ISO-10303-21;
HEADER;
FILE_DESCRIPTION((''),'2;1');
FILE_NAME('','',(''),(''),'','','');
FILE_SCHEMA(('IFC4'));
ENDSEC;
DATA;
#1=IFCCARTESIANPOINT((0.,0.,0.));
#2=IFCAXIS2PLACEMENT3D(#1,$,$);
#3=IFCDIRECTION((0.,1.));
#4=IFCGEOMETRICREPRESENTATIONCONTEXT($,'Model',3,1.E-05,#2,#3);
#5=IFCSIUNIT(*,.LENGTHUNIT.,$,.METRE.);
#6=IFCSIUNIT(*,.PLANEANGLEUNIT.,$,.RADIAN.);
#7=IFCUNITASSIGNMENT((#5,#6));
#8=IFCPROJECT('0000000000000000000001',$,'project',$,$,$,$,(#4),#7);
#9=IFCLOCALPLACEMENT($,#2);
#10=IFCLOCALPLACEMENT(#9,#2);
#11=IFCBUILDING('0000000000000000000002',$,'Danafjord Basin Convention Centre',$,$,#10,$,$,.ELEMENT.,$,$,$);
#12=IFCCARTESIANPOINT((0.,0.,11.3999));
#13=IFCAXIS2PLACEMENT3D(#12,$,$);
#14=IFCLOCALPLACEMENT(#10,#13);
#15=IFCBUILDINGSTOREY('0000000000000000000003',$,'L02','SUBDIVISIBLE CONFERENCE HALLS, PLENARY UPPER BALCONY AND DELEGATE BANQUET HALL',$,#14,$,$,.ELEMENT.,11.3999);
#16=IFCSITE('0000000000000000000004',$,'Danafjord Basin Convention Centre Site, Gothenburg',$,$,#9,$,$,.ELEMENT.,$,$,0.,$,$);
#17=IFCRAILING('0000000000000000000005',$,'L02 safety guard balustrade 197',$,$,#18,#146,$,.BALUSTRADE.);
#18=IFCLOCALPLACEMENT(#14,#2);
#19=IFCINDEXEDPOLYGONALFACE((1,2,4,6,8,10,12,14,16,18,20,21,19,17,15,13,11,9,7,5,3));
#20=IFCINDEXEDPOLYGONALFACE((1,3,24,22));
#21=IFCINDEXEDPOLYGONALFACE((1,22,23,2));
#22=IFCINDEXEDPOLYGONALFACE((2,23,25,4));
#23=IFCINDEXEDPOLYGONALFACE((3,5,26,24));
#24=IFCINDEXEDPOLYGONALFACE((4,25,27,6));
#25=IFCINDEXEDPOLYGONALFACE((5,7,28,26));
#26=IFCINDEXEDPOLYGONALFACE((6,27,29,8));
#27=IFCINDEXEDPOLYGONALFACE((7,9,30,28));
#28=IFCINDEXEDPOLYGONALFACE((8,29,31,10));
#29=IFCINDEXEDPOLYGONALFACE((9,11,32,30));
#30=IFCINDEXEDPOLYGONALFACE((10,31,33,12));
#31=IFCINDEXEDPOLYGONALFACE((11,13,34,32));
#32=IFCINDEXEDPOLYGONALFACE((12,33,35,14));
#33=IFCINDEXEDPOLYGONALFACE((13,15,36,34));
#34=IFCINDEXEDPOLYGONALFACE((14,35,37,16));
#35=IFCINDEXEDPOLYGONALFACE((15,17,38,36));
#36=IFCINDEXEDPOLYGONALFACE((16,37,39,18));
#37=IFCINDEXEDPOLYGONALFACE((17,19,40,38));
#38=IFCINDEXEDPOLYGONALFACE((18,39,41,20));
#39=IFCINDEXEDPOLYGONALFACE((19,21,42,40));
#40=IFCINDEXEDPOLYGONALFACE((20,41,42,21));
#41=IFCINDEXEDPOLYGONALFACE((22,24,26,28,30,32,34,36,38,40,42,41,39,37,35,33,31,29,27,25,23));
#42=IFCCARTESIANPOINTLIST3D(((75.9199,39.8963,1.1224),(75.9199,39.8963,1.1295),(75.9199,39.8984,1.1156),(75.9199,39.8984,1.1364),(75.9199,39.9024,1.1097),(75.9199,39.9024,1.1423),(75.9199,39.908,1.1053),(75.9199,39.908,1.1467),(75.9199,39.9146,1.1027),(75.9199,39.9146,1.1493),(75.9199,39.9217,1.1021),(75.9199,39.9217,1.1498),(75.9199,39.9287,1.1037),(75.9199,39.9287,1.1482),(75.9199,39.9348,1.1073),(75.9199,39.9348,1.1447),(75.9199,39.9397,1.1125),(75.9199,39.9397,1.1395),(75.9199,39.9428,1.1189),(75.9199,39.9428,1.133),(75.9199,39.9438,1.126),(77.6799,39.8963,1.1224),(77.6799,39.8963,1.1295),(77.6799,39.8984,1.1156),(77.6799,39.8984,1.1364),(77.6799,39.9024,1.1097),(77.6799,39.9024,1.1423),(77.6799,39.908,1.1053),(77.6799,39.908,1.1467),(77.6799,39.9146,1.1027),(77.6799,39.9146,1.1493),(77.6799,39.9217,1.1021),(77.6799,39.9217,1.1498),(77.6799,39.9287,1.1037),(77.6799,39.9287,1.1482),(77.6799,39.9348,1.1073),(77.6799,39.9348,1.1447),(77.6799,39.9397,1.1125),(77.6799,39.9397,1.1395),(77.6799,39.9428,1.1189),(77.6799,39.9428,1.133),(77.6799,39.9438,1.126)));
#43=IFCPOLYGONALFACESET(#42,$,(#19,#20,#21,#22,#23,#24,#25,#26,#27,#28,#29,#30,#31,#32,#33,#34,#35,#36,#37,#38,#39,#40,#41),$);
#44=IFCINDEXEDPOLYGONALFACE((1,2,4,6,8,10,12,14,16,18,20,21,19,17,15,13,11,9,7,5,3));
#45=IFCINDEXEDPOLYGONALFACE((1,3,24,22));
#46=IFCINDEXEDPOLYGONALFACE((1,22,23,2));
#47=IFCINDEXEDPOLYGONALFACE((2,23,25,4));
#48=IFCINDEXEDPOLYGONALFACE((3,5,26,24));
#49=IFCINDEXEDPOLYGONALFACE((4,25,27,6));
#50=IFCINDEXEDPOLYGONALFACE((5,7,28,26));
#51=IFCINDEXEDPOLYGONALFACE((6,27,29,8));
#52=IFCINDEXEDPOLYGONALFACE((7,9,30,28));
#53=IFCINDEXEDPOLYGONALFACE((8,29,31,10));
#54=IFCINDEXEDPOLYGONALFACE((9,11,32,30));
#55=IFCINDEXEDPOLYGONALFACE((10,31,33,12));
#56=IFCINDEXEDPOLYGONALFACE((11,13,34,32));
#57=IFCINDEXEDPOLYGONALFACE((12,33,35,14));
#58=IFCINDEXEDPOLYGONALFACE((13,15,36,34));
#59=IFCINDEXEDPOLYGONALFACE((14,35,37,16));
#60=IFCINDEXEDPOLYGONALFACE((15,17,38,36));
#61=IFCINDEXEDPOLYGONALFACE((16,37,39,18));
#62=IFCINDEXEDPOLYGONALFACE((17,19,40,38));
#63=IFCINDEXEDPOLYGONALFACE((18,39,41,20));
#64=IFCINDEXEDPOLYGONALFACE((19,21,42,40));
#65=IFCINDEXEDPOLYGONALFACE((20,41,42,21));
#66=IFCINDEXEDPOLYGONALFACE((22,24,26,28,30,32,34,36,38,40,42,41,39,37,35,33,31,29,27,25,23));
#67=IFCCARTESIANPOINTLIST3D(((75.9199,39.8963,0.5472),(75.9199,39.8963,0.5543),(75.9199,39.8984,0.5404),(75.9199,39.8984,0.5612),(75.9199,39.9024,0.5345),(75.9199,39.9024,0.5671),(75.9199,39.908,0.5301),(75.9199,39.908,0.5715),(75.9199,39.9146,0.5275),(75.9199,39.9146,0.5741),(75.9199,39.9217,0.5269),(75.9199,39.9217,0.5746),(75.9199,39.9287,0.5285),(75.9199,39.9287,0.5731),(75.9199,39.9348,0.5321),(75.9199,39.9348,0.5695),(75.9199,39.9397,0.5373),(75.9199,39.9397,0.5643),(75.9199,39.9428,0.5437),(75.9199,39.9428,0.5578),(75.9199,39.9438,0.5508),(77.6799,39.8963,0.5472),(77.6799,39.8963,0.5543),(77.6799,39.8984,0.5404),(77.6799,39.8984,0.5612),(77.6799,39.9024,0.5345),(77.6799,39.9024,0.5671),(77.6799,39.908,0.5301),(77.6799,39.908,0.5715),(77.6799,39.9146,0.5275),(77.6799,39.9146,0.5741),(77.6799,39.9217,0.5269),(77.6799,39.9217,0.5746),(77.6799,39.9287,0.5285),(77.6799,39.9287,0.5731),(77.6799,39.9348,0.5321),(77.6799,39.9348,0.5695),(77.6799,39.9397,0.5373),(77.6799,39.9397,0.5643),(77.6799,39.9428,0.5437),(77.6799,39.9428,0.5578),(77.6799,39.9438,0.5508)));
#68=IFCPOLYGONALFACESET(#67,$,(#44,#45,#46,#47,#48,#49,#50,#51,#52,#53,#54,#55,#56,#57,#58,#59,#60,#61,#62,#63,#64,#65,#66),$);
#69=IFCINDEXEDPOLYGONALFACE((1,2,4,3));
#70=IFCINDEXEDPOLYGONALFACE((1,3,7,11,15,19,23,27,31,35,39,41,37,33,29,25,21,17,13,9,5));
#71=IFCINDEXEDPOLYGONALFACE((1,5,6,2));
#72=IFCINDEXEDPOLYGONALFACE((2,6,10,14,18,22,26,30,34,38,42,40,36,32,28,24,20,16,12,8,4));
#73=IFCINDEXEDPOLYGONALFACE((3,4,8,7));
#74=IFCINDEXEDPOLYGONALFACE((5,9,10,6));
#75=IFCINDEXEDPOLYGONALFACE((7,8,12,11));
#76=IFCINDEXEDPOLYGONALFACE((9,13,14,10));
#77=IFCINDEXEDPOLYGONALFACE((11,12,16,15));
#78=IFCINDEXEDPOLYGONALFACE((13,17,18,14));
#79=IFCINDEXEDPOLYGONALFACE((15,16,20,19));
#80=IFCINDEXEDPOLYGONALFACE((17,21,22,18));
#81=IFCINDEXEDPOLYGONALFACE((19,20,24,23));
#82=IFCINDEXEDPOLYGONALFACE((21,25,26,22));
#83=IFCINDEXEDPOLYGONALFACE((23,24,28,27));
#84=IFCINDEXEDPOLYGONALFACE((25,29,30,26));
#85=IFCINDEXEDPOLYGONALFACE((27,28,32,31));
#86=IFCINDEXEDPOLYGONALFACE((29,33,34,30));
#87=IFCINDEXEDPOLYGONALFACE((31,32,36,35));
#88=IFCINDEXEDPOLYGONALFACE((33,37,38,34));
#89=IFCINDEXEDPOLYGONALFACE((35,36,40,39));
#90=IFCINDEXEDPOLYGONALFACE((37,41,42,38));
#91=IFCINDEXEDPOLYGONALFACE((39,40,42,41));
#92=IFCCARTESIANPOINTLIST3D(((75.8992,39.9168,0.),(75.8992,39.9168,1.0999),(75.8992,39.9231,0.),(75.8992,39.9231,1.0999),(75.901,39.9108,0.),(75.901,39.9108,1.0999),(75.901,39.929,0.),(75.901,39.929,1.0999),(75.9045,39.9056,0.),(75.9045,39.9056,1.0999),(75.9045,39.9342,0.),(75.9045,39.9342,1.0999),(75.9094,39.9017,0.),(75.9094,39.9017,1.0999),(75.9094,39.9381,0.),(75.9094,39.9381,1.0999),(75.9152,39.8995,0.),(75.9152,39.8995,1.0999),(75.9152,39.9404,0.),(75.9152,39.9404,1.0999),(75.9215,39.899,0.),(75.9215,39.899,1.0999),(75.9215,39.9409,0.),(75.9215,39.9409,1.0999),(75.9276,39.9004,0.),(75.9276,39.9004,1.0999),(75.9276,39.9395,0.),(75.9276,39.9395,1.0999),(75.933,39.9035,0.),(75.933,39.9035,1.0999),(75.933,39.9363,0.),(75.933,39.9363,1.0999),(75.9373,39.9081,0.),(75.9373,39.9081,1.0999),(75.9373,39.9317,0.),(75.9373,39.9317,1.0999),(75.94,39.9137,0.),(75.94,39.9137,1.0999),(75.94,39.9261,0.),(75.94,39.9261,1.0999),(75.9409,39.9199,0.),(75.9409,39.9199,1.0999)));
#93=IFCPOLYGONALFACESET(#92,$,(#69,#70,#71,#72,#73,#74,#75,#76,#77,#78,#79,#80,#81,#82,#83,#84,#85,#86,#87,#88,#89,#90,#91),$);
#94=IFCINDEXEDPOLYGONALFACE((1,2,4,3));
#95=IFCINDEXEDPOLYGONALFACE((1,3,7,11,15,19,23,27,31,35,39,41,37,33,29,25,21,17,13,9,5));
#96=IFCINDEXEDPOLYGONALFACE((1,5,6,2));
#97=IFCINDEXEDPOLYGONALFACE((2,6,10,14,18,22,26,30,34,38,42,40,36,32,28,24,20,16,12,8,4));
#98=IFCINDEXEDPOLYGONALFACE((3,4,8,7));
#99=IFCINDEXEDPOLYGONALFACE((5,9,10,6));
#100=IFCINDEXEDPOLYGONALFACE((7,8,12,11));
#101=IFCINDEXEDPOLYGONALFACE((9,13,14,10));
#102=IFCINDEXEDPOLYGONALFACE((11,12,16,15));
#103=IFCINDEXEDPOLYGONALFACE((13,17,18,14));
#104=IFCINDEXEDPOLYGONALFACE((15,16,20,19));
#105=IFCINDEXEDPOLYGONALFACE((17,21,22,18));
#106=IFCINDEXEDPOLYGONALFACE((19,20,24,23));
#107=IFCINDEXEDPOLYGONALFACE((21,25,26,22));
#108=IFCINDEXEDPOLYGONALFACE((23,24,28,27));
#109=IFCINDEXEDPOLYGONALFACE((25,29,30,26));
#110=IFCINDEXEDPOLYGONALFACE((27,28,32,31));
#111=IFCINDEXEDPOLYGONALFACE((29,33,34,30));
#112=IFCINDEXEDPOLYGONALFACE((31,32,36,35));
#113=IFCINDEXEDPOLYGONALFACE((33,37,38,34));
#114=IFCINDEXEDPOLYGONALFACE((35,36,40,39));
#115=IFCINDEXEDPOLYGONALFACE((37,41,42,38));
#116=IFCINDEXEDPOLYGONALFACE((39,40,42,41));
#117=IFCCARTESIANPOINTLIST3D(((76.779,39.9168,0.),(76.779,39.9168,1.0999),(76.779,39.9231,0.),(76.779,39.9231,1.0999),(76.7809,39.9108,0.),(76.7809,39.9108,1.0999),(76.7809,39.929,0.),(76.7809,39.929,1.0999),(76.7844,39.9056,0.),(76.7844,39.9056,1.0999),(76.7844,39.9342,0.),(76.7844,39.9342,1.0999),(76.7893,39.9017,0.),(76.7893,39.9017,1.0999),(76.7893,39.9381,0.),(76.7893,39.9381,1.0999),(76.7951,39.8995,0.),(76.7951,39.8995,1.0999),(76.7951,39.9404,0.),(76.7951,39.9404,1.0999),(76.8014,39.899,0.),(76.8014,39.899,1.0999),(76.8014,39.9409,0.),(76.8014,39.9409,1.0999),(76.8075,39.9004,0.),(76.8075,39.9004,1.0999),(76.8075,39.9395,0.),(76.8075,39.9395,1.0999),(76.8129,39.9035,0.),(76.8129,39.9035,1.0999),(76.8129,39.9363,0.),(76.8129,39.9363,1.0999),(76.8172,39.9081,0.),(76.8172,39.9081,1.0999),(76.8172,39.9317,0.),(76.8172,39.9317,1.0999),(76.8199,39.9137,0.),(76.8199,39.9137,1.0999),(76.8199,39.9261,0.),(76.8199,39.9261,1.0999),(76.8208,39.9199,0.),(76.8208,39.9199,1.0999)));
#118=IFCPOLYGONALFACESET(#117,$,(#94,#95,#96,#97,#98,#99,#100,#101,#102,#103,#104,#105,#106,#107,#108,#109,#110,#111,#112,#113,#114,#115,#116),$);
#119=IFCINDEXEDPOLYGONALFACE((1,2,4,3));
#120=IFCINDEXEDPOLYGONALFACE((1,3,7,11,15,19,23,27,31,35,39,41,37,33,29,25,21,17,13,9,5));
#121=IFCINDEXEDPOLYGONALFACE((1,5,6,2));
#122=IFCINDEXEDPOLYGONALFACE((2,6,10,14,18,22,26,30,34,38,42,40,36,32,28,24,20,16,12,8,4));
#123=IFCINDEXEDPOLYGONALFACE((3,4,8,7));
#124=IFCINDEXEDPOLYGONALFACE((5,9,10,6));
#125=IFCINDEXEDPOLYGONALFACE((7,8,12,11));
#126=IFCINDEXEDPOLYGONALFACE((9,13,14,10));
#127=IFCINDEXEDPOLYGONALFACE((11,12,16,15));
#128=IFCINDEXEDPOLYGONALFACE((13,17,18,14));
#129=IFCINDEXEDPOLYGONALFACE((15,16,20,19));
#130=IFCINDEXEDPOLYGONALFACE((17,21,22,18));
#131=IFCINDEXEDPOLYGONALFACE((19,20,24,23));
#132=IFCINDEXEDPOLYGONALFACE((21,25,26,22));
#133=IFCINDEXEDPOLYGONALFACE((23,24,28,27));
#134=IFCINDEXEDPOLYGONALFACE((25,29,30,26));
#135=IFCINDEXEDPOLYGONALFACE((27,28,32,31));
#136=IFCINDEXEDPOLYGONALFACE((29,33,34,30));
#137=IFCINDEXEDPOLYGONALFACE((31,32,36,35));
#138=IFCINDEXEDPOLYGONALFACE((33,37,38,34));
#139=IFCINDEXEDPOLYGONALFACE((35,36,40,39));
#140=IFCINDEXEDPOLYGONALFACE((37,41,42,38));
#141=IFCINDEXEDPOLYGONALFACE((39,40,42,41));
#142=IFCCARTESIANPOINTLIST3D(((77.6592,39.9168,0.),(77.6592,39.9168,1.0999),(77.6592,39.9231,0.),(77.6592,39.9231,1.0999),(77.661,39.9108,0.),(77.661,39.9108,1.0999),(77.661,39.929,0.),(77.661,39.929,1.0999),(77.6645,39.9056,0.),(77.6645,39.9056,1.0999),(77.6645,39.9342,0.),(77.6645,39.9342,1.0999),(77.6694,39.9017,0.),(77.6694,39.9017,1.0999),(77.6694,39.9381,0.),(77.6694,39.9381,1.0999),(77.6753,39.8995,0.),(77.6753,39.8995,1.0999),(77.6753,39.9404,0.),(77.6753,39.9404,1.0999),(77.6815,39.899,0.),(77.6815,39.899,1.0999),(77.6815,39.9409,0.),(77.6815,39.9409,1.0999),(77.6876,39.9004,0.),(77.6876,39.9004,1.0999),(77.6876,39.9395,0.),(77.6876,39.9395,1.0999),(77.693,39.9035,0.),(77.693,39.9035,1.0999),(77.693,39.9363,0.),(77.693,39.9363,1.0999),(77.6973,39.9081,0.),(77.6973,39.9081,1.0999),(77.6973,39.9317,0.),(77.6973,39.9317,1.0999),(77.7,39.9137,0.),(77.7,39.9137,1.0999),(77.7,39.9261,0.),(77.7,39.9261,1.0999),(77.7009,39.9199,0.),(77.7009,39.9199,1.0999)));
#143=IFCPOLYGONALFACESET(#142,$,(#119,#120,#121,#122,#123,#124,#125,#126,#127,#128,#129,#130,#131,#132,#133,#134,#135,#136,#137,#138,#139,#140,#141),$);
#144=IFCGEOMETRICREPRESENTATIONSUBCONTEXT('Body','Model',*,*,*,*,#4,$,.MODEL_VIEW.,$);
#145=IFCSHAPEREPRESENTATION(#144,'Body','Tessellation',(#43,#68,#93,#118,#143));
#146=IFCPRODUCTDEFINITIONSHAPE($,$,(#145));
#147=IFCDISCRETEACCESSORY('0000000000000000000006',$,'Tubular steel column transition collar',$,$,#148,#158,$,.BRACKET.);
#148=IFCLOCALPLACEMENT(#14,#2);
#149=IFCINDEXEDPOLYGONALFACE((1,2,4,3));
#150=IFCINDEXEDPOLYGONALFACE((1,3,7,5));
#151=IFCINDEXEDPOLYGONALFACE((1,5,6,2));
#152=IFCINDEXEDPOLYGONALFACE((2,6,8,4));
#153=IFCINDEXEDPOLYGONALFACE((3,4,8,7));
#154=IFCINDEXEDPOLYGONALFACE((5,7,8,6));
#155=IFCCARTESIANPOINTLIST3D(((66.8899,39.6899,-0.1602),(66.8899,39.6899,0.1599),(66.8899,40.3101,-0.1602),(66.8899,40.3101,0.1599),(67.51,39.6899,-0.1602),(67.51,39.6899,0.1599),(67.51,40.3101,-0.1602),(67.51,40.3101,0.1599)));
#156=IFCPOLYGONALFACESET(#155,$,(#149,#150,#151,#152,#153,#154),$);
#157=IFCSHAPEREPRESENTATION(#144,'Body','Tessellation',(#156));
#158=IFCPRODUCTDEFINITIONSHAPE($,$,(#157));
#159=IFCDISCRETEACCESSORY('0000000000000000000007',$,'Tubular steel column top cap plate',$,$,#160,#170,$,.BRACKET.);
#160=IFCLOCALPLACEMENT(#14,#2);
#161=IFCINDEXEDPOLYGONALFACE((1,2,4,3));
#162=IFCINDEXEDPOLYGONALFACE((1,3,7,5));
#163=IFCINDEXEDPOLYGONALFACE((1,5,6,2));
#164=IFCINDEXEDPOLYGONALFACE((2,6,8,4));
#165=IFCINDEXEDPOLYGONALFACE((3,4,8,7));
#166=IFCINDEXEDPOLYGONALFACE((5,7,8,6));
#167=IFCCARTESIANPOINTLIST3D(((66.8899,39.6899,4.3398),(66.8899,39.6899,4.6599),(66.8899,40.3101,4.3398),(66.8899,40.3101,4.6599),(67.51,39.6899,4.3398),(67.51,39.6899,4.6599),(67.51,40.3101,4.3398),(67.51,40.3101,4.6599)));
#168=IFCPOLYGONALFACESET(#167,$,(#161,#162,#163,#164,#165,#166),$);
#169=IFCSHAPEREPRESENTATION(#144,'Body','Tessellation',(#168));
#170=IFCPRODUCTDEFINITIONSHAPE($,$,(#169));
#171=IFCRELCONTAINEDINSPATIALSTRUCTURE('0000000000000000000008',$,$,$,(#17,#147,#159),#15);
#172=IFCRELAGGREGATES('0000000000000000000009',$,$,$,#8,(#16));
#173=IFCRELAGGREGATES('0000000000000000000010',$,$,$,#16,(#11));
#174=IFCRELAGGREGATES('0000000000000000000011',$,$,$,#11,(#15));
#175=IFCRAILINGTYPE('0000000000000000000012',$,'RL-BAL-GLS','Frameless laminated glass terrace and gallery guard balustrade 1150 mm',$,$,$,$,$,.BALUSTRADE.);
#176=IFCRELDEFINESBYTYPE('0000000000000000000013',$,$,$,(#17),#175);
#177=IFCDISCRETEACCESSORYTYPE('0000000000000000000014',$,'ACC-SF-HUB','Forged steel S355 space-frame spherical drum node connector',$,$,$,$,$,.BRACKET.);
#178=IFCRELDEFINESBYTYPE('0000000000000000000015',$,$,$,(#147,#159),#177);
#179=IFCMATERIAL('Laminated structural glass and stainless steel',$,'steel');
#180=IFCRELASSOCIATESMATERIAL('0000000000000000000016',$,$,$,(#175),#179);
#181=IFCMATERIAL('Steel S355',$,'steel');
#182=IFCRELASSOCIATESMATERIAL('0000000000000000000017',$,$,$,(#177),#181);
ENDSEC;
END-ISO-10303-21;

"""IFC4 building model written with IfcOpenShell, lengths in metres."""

from ifc_helpers import new_model, si_unit, direction, frame, origin, origin_2d, place, context, subcontext, project, spatial, rectangle, circle, extrude, material, type_object, element, save


model = new_model("IFC4")

# Units and contexts
model_context = context("Model", 3, precision=1e-05, world=origin(), true_north=direction((0.0, 1.0)))
body_context = subcontext(model_context, "Body", "Model", "MODEL_VIEW")
ifc_project = project(units=[si_unit("LENGTHUNIT", "METRE"), si_unit("PLANEANGLEUNIT", "RADIAN")], contexts=[model_context])

# Site, building, storey
site_placement = place(None, origin())
site = spatial("IfcSite", under=ifc_project, at=site_placement, Name="Danafjord Basin Convention Centre Site, Gothenburg", CompositionType="ELEMENT", RefElevation=0.0)
building_placement = place(site_placement, origin())
building = spatial("IfcBuilding", under=site, at=building_placement, Name="Danafjord Basin Convention Centre", CompositionType="ELEMENT")
storey_placement = place(building_placement, frame((0.0, 0.0, 11.3999)))
storey = spatial("IfcBuildingStorey", under=building, at=storey_placement, Name="L02", Description="SUBDIVISIBLE CONFERENCE HALLS, PLENARY UPPER BALCONY AND DELEGATE BANQUET HALL", CompositionType="ELEMENT", Elevation=11.3999)

# Shared definitions
ifc_material_1 = material(Name="Steel S355", Category="steel")

# Railing
ifc_material_2 = material(Name="Laminated structural glass and stainless steel", Category="steel")
railing_type = type_object("IfcRailingType", Name="RL-BAL-GLS", Description="Frameless laminated glass terrace and gallery guard balustrade 1150 mm", PredefinedType="BALUSTRADE", material=ifc_material_2)
for number, where, name in (
    (1, (75.9199, 39.9199, 0.0), "L02 safety guard balustrade 197"),
):
    element("IfcRailing", number, at=place(storey_placement, frame(where)), inside=storey, type_object=railing_type, Name=name, PredefinedType="BALUSTRADE", context=body_context, shape_type="SweptSolid", body=[
        extrude(circle(Radius=0.0239, at=origin_2d()), frame((0.0, 0.0, 1.126), z_axis=(1.0, 0.0, 0.0), x_axis=(0.0, 1.0, 0.0)), (0.0, 0.0, 1.0), 1.76),
        extrude(circle(Radius=0.0239, at=origin_2d()), frame((0.0, 0.0, 0.5508), z_axis=(1.0, 0.0, 0.0), x_axis=(0.0, 1.0, 0.0)), (0.0, 0.0, 1.0), 1.76),
        extrude(circle(Radius=0.021, at=origin_2d()), origin(), (0.0, 0.0, 1.0), 1.0999),
        extrude(circle(Radius=0.021, at=origin_2d()), frame((0.8799, 0.0, 0.0)), (0.0, 0.0, 1.0), 1.0999),
        extrude(circle(Radius=0.021, at=origin_2d()), frame((1.76, 0.0, 0.0)), (0.0, 0.0, 1.0), 1.0999),
    ])

# Discrete accessories
discrete_accessory_type = type_object("IfcDiscreteAccessoryType", Name="ACC-SF-HUB", Description="Forged steel S355 space-frame spherical drum node connector", PredefinedType="BRACKET", material=ifc_material_1)
for number, where, z_axis, x_axis, name in (
    (2, (67.2, 40.0, -0.1602), (0.0, 0.0, 1.0), (1.0, 0.0, 0.0), "Tubular steel column transition collar"),
    (3, (67.2, 40.0, 4.3398), (0.0, 0.0, 1.0), (1.0, 0.0, 0.0), "Tubular steel column top cap plate"),
):
    element("IfcDiscreteAccessory", number, at=place(storey_placement, frame(where, z_axis=z_axis, x_axis=x_axis)), inside=storey, type_object=discrete_accessory_type, Name=name, PredefinedType="BRACKET", context=body_context, shape_type="SweptSolid", body=[
        extrude(rectangle(XDim=0.6201, YDim=0.6201, at=origin_2d()), origin(), (0.0, 0.0, 1.0), 0.3201),
    ])

save(model, "model.ifc")
